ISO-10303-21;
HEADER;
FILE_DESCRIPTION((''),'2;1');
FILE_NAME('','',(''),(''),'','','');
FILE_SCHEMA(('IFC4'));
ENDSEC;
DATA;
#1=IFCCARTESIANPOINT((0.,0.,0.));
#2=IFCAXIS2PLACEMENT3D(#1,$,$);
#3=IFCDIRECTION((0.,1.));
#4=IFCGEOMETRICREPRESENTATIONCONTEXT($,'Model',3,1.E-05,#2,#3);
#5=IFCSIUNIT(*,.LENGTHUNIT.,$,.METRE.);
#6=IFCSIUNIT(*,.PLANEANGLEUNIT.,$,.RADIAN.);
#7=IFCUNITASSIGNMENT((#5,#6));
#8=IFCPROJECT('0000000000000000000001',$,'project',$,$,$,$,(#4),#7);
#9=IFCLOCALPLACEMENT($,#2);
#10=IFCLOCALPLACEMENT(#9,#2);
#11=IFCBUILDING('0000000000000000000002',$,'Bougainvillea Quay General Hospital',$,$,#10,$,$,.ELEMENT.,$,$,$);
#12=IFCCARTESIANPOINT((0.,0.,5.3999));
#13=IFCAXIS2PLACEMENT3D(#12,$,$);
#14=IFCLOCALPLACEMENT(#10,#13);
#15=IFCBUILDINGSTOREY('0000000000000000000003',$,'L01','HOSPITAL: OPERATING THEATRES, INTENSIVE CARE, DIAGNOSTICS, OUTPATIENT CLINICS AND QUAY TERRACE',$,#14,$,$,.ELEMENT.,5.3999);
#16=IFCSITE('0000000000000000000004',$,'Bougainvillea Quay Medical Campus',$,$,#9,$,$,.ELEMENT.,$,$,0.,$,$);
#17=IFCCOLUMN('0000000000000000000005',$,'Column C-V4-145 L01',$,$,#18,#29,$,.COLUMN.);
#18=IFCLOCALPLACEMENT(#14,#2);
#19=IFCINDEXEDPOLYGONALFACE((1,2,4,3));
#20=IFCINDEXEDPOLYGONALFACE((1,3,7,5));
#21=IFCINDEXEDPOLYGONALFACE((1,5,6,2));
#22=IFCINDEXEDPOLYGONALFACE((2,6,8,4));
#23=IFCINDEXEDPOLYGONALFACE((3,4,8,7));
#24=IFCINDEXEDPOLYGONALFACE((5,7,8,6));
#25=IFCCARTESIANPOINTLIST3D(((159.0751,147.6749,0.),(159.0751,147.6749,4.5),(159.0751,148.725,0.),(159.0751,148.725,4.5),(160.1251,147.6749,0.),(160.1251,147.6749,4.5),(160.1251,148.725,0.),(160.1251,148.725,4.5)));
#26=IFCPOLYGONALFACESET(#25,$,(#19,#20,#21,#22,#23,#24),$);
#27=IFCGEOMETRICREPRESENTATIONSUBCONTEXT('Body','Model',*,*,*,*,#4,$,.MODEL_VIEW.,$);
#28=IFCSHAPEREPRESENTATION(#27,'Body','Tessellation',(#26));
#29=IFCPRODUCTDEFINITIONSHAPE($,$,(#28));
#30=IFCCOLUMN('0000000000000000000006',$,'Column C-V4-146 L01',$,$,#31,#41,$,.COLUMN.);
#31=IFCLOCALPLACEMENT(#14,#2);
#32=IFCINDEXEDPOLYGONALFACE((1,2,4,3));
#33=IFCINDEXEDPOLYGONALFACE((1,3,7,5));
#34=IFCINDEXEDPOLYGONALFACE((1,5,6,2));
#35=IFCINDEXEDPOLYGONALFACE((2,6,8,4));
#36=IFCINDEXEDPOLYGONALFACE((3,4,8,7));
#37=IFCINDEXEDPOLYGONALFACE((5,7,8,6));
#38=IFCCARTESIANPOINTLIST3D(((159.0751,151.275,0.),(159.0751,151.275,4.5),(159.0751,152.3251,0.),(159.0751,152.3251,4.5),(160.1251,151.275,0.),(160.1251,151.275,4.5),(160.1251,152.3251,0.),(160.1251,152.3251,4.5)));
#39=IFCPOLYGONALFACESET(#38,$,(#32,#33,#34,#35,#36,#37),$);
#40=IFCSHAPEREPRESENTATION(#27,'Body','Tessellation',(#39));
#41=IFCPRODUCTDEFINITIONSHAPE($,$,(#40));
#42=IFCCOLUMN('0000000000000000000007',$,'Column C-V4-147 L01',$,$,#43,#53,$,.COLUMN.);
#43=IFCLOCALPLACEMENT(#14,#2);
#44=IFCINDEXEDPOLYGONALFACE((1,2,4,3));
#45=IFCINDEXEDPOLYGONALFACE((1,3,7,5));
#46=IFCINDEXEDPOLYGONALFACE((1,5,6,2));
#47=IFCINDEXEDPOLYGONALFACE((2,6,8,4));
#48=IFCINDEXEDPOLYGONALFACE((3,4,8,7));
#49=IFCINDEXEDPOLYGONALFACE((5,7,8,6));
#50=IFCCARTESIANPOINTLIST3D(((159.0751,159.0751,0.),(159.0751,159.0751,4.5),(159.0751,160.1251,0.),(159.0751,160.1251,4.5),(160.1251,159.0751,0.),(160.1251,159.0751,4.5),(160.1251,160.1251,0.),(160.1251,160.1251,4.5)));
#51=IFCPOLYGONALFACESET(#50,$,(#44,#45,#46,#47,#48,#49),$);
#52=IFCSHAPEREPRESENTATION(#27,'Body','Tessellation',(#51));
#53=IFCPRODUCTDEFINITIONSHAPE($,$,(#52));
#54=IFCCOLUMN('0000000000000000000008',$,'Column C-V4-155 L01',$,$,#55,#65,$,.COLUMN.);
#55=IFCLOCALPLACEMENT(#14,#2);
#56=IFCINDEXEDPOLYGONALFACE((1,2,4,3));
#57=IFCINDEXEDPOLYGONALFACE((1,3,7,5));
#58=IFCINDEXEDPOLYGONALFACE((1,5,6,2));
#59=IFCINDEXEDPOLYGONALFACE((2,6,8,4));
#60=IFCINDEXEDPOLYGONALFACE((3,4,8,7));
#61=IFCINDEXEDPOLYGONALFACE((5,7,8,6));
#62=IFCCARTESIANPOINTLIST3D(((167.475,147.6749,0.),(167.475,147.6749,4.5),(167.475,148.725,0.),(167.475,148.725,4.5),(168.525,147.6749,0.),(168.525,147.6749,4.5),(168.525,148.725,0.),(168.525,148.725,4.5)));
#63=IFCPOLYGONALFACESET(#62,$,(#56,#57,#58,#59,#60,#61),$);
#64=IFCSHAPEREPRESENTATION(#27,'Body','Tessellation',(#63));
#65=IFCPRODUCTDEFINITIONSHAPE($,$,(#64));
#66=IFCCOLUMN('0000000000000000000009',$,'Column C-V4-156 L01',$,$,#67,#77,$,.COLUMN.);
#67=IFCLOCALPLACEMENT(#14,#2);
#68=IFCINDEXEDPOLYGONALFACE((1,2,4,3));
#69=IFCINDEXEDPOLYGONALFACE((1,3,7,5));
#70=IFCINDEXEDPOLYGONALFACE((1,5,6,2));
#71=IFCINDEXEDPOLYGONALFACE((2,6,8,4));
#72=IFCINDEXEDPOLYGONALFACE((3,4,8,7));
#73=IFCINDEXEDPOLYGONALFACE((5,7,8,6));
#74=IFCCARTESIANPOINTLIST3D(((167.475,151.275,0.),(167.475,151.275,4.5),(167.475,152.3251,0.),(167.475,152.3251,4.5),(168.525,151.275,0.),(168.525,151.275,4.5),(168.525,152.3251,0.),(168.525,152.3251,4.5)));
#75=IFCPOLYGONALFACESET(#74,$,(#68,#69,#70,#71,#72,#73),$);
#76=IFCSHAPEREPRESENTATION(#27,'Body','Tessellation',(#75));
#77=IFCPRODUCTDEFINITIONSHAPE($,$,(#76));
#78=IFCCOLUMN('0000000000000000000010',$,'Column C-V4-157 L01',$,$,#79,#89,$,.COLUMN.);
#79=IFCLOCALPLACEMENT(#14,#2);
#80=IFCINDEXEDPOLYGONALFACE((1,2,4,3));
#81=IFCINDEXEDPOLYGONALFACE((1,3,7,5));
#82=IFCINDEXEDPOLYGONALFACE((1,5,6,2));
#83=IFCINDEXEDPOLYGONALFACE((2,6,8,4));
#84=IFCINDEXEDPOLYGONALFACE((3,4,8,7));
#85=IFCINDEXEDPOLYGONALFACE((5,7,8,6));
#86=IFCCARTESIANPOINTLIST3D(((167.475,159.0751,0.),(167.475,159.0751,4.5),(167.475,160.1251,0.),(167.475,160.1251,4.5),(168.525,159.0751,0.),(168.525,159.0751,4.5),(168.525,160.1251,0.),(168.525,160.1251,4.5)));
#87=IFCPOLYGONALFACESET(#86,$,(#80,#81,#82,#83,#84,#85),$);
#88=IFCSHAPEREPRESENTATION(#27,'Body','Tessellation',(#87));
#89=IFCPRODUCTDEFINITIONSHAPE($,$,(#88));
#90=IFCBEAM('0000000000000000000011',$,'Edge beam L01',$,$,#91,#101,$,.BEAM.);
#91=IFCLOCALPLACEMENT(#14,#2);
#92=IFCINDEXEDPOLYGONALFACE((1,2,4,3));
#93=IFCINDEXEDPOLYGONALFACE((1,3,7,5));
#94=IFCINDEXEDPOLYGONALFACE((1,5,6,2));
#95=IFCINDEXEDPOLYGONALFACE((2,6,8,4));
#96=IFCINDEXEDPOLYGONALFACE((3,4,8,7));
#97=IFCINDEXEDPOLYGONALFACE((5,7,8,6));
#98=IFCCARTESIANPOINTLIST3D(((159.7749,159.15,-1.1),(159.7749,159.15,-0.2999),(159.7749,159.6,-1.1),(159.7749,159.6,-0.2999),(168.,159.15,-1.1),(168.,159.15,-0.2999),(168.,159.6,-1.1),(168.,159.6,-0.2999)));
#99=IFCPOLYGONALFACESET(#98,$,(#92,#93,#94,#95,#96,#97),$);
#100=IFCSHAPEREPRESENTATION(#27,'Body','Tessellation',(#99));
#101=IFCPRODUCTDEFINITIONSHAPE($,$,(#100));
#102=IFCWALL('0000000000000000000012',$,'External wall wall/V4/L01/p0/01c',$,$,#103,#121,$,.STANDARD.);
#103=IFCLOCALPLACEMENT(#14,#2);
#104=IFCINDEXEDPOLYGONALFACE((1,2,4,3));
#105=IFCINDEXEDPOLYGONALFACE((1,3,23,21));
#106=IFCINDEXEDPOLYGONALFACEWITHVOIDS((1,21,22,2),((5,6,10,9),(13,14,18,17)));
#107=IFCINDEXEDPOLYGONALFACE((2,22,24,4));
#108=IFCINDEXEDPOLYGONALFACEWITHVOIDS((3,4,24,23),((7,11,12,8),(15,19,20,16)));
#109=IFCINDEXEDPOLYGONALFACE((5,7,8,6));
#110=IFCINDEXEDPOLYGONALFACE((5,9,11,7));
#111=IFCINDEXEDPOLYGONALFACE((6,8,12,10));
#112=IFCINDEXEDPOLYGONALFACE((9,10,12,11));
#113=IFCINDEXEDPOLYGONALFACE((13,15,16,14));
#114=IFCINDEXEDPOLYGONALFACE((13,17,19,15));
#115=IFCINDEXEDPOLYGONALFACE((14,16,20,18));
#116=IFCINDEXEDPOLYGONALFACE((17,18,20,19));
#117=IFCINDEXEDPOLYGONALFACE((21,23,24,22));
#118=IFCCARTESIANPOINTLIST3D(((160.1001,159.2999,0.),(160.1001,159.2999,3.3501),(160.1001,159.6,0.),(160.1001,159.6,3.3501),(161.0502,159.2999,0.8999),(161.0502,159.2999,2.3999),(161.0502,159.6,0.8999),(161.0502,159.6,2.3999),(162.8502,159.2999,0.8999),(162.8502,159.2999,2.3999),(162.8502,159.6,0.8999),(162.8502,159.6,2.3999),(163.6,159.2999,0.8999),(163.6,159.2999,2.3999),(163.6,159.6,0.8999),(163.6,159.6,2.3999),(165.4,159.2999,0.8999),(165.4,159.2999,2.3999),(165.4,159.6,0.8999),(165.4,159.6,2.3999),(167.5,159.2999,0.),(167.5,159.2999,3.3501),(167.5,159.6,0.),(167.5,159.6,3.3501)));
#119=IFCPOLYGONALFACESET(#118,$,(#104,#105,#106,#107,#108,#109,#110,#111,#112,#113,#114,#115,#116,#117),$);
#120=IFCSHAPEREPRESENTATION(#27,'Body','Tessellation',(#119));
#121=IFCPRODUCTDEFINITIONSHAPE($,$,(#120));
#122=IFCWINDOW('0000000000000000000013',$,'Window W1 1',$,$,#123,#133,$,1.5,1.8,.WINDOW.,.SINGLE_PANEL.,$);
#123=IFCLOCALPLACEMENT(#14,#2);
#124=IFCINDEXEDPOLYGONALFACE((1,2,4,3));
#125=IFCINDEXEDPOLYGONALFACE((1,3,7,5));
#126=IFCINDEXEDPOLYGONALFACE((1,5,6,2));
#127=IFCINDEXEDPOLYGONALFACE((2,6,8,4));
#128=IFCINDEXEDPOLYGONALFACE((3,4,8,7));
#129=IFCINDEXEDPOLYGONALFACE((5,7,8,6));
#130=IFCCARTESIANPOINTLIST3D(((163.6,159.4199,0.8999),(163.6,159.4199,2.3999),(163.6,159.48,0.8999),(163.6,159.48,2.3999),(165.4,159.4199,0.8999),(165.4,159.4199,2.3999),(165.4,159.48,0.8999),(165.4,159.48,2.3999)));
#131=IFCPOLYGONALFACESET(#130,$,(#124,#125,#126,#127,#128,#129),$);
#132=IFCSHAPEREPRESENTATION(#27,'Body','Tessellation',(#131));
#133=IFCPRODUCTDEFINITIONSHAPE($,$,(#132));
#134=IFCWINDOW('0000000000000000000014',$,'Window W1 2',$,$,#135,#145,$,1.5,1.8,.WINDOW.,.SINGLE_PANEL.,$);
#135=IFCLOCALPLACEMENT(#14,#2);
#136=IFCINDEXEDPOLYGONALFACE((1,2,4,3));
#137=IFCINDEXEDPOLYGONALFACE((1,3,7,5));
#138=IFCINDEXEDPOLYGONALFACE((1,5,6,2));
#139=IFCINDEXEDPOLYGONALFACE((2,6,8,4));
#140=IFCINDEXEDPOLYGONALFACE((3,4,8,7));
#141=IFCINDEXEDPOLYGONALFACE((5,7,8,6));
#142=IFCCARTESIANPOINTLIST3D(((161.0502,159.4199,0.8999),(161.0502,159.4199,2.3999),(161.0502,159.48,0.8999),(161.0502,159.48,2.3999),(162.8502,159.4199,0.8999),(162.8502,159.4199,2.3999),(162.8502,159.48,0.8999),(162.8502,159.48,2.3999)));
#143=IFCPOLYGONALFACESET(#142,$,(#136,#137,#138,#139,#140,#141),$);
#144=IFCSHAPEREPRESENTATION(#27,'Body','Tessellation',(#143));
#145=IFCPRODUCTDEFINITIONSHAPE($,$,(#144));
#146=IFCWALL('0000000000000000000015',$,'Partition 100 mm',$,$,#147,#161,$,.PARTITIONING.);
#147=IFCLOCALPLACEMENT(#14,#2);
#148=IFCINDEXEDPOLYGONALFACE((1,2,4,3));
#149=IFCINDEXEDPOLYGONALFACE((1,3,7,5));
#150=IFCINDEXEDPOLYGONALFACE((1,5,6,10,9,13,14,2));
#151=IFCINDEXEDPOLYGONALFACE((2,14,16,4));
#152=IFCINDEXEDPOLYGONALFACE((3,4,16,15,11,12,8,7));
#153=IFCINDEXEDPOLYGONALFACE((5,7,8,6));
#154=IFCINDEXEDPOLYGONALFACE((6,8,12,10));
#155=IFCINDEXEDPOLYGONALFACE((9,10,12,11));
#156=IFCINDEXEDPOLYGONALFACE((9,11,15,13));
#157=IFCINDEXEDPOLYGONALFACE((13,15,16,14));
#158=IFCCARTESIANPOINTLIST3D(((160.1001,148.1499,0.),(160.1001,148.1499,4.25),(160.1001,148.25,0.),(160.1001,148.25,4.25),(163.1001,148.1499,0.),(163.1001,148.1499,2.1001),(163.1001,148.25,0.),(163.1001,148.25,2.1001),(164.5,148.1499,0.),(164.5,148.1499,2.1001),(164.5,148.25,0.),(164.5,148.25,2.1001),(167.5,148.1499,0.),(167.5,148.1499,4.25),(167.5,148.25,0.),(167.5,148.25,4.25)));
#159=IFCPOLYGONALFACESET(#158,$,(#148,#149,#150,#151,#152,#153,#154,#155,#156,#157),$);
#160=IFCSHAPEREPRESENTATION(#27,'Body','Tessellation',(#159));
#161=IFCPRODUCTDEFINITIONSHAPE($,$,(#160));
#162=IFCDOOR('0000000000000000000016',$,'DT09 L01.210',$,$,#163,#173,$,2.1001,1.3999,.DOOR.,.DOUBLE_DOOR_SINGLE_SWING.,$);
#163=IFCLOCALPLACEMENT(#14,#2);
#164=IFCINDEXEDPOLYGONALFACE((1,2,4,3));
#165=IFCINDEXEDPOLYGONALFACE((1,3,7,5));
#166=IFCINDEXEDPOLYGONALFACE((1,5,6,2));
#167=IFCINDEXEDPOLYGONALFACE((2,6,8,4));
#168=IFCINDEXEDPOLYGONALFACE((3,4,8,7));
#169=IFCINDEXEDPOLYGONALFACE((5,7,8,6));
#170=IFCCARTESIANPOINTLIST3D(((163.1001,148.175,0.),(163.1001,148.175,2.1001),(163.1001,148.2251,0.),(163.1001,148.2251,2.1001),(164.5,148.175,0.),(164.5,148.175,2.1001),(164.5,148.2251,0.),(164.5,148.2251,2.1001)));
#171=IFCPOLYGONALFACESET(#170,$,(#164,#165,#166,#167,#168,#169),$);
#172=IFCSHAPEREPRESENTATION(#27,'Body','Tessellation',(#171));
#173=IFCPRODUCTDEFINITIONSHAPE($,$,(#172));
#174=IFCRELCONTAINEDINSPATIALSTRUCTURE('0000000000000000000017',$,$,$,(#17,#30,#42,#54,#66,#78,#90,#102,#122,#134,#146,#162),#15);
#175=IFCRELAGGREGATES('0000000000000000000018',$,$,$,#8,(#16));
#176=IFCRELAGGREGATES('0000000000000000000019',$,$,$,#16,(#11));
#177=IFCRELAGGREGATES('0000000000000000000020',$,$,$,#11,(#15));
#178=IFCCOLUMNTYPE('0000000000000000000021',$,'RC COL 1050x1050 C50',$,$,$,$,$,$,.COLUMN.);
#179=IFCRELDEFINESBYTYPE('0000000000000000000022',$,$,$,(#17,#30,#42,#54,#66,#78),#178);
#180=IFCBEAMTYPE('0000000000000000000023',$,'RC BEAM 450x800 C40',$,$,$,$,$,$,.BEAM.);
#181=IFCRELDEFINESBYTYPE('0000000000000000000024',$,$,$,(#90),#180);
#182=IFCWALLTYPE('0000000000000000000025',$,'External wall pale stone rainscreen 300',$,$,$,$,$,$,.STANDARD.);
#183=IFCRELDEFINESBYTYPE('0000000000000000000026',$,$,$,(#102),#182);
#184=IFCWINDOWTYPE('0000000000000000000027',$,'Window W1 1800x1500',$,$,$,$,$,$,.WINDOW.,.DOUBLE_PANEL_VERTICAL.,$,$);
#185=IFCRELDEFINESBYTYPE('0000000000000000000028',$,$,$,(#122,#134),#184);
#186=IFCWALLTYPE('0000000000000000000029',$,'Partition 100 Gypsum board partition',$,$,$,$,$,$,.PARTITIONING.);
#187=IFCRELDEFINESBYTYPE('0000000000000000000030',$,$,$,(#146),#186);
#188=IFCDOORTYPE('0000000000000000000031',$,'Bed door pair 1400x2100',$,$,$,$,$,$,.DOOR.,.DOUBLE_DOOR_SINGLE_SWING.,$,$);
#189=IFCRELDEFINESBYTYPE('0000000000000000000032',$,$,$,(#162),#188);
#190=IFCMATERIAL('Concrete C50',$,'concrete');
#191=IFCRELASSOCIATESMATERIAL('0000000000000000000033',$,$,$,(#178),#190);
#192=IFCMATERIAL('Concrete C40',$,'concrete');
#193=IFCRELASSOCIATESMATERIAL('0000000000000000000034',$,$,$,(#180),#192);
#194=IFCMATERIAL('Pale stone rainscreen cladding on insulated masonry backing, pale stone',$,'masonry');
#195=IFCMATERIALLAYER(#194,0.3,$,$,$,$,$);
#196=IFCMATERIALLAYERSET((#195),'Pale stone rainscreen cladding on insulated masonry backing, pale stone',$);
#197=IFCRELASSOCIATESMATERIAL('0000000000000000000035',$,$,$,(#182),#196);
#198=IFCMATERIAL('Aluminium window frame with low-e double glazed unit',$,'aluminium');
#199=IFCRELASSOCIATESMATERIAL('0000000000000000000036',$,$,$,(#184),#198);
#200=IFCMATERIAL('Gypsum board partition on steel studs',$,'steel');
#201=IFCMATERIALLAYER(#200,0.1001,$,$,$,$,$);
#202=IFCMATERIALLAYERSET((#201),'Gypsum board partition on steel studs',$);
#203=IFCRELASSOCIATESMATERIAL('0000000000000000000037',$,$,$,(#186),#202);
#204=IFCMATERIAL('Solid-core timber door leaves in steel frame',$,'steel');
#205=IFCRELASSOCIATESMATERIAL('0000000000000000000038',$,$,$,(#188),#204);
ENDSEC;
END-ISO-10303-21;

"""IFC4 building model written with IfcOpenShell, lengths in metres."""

from ifc_helpers import new_model, si_unit, direction, frame, frame_2d, origin, origin_2d, place, context, subcontext, project, spatial, rectangle, extrude, material, layer, layer_set, material_profile, profile_set, type_object, element, fill, save


model = new_model("IFC4")

# Units and contexts
model_context = context("Model", 3, precision=1e-05, world=origin(), true_north=direction((0.0, 1.0)))
body_context = subcontext(model_context, "Body", "Model", "MODEL_VIEW")
ifc_project = project(units=[si_unit("LENGTHUNIT", "METRE"), si_unit("PLANEANGLEUNIT", "RADIAN")], contexts=[model_context])

# Site, building, storey
site_placement = place(None, origin())
site = spatial("IfcSite", under=ifc_project, at=site_placement, Name="Bougainvillea Quay Medical Campus", CompositionType="ELEMENT", RefElevation=0.0)
building_placement = place(site_placement, origin())
building = spatial("IfcBuilding", under=site, at=building_placement, Name="Bougainvillea Quay General Hospital", CompositionType="ELEMENT")
storey_placement = place(building_placement, frame((0.0, 0.0, 5.3999)))
storey = spatial("IfcBuildingStorey", under=building, at=storey_placement, Name="L01", Description="HOSPITAL: OPERATING THEATRES, INTENSIVE CARE, DIAGNOSTICS, OUTPATIENT CLINICS AND QUAY TERRACE", CompositionType="ELEMENT", Elevation=5.3999)

# Columns
ifc_material_1 = material(Name="Concrete C50", Category="concrete")
ifc_material_profile_1 = material_profile(ifc_material_1, rectangle(XDim=1.05, YDim=1.05, at=origin_2d()))
ifc_profile_set_1 = profile_set([ifc_material_profile_1], Name="Concrete C50")
column_type = type_object("IfcColumnType", Name="RC COL 1050x1050 C50", PredefinedType="COLUMN", material=ifc_profile_set_1)
for number, where, z_axis, x_axis, name in (
    (1, (159.6001, 148.2, 0.0), (0.0, 0.0, 1.0), (1.0, 0.0, 0.0), "Column C-V4-145 L01"),
    (2, (159.6001, 151.8, 0.0), (0.0, 0.0, 1.0), (1.0, 0.0, 0.0), "Column C-V4-146 L01"),
    (3, (159.6001, 159.6001, 0.0), (0.0, 0.0, 1.0), (1.0, 0.0, 0.0), "Column C-V4-147 L01"),
    (4, (168.0, 148.2, 0.0), (0.0, 0.0, 1.0), (1.0, 0.0, 0.0), "Column C-V4-155 L01"),
    (5, (168.0, 151.8, 0.0), (0.0, 0.0, 1.0), (1.0, 0.0, 0.0), "Column C-V4-156 L01"),
    (6, (168.0, 159.6001, 0.0), (0.0, 0.0, 1.0), (1.0, 0.0, 0.0), "Column C-V4-157 L01"),
):
    element("IfcColumn", number, at=place(storey_placement, frame(where, z_axis=z_axis, x_axis=x_axis)), inside=storey, type_object=column_type, Name=name, PredefinedType="COLUMN", context=body_context, shape_type="SweptSolid", body=[
        extrude(rectangle(XDim=1.05, YDim=1.05, at=origin_2d()), origin(), (0.0, 0.0, 1.0), 4.5),
    ])

# Beam
ifc_material_2 = material(Name="Concrete C40", Category="concrete")
ifc_material_profile_2 = material_profile(ifc_material_2, rectangle(XDim=0.45, YDim=0.8, at=origin_2d()))
ifc_profile_set_2 = profile_set([ifc_material_profile_2], Name="Concrete C40")
beam_type = type_object("IfcBeamType", Name="RC BEAM 450x800 C40", PredefinedType="BEAM", material=ifc_profile_set_2)
beam_placement = place(storey_placement, frame((168.0, 159.375, -0.7), z_axis=(-1.0, 0.0, 0.0), x_axis=(0.0, -1.0, 0.0)))
element("IfcBeam", 7, at=beam_placement, inside=storey, type_object=beam_type, Name="Edge beam L01", PredefinedType="BEAM", context=body_context, shape_type="SweptSolid", body=[
    extrude(rectangle(XDim=0.45, YDim=0.8, at=origin_2d()), origin(), (0.0, 0.0, 1.0), 8.2251),
])

# Wall, openings, windows
ifc_material_3 = material(Name="Pale stone rainscreen cladding on insulated masonry backing, pale stone", Category="masonry")
ifc_layer_1 = layer(ifc_material_3, 0.3)
ifc_layer_set_1 = layer_set([ifc_layer_1], Name="Pale stone rainscreen cladding on insulated masonry backing, pale stone")
wall_type_1 = type_object("IfcWallType", Name="External wall pale stone rainscreen 300", PredefinedType="STANDARD", material=ifc_layer_set_1)
wall_1_placement = place(storey_placement, frame((167.5, 159.45, 0.0), z_axis=(0.0, 0.0, 1.0), x_axis=(-1.0, 0.0, 0.0)))
wall_1 = element("IfcWall", 8, at=wall_1_placement, inside=storey, type_object=wall_type_1, Name="External wall wall/V4/L01/p0/01c", PredefinedType="STANDARD", context=body_context, shape_type="SweptSolid", body=[
    extrude(rectangle(XDim=7.3999, YDim=0.3, at=frame_2d((3.7, 0.0))), origin(), (0.0, 0.0, 1.0), 3.3501),
])
opening_1_placement = place(wall_1_placement, frame((2.1001, 0.0, 0.8999)))
opening_1 = element("IfcOpeningElement", 9, at=opening_1_placement, cuts=wall_1, PredefinedType="OPENING", context=body_context, shape_type="SweptSolid", body=[
    extrude(rectangle(XDim=1.8, YDim=1.5, at=frame_2d((0.8999, 0.75))), frame((0.0, 0.1599, 0.0), z_axis=(0.0, -1.0, 0.0), x_axis=(1.0, 0.0, 0.0)), (0.0, 0.0, 1.0), 0.3201),
])
opening_2_placement = place(wall_1_placement, frame((4.6499, 0.0, 0.8999)))
opening_2 = element("IfcOpeningElement", 10, at=opening_2_placement, cuts=wall_1, PredefinedType="OPENING", context=body_context, shape_type="SweptSolid", body=[
    extrude(rectangle(XDim=1.8, YDim=1.5, at=frame_2d((0.8999, 0.75))), frame((0.0, 0.1599, 0.0), z_axis=(0.0, -1.0, 0.0), x_axis=(1.0, 0.0, 0.0)), (0.0, 0.0, 1.0), 0.3201),
])
ifc_material_4 = material(Name="Aluminium window frame with low-e double glazed unit", Category="aluminium")
window_type = type_object("IfcWindowType", Name="Window W1 1800x1500", PartitioningType="DOUBLE_PANEL_VERTICAL", PredefinedType="WINDOW", material=ifc_material_4)
window_1_placement = place(opening_1_placement, origin())
window_1 = element("IfcWindow", 11, at=window_1_placement, inside=storey, type_object=window_type, Name="Window W1 1", OverallHeight=1.5, OverallWidth=1.8, PartitioningType="SINGLE_PANEL", PredefinedType="WINDOW", context=body_context, shape_type="SweptSolid", body=[
    extrude(rectangle(XDim=1.8, YDim=1.5, at=frame_2d((0.8999, 0.75))), frame((0.0, 0.03, 0.0), z_axis=(0.0, -1.0, 0.0), x_axis=(1.0, 0.0, 0.0)), (0.0, 0.0, 1.0), 0.0601),
])
fill(opening_1, window_1)
window_2_placement = place(opening_2_placement, origin())
window_2 = element("IfcWindow", 12, at=window_2_placement, inside=storey, type_object=window_type, Name="Window W1 2", OverallHeight=1.5, OverallWidth=1.8, PartitioningType="SINGLE_PANEL", PredefinedType="WINDOW", context=body_context, shape_type="SweptSolid", body=[
    extrude(rectangle(XDim=1.8, YDim=1.5, at=frame_2d((0.8999, 0.75))), frame((0.0, 0.03, 0.0), z_axis=(0.0, -1.0, 0.0), x_axis=(1.0, 0.0, 0.0)), (0.0, 0.0, 1.0), 0.0601),
])
fill(opening_2, window_2)

# Wall, opening, door
ifc_material_5 = material(Name="Gypsum board partition on steel studs", Category="steel")
ifc_layer_2 = layer(ifc_material_5, 0.1001)
ifc_layer_set_2 = layer_set([ifc_layer_2], Name="Gypsum board partition on steel studs")
wall_type_2 = type_object("IfcWallType", Name="Partition 100 Gypsum board partition", PredefinedType="PARTITIONING", material=ifc_layer_set_2)
wall_2_placement = place(storey_placement, frame((167.5, 148.2, 0.0), z_axis=(0.0, 0.0, 1.0), x_axis=(-1.0, 0.0, 0.0)))
wall_2 = element("IfcWall", 13, at=wall_2_placement, inside=storey, type_object=wall_type_2, Name="Partition 100 mm", PredefinedType="PARTITIONING", context=body_context, shape_type="SweptSolid", body=[
    extrude(rectangle(XDim=7.3999, YDim=0.1001, at=frame_2d((3.7, 0.0))), origin(), (0.0, 0.0, 1.0), 4.25),
])
opening_3_placement = place(wall_2_placement, frame((3.0, 0.0, 0.0)))
opening_3 = element("IfcOpeningElement", 14, at=opening_3_placement, cuts=wall_2, PredefinedType="OPENING", context=body_context, shape_type="SweptSolid", body=[
    extrude(rectangle(XDim=1.3999, YDim=2.1001, at=frame_2d((0.7, 1.05))), frame((0.0, 0.0601, 0.0), z_axis=(0.0, -1.0, 0.0), x_axis=(1.0, 0.0, 0.0)), (0.0, 0.0, 1.0), 0.1201),
])
ifc_material_6 = material(Name="Solid-core timber door leaves in steel frame", Category="steel")
door_type_1 = type_object("IfcDoorType", Name="Bed door pair 1400x2100", OperationType="DOUBLE_DOOR_SINGLE_SWING", PredefinedType="DOOR", material=ifc_material_6)
door_1_placement = place(opening_3_placement, origin())
door_1 = element("IfcDoor", 15, at=door_1_placement, inside=storey, type_object=door_type_1, Name="DT09 L01.210", OperationType="DOUBLE_DOOR_SINGLE_SWING", OverallHeight=2.1001, OverallWidth=1.3999, PredefinedType="DOOR", context=body_context, shape_type="SweptSolid", body=[
    extrude(rectangle(XDim=1.3999, YDim=2.1001, at=frame_2d((0.7, 1.05))), frame((0.0, 0.0249, 0.0), z_axis=(0.0, -1.0, 0.0), x_axis=(1.0, 0.0, 0.0)), (0.0, 0.0, 1.0), 0.05),
])
fill(opening_3, door_1)

save(model, "model.ifc")
